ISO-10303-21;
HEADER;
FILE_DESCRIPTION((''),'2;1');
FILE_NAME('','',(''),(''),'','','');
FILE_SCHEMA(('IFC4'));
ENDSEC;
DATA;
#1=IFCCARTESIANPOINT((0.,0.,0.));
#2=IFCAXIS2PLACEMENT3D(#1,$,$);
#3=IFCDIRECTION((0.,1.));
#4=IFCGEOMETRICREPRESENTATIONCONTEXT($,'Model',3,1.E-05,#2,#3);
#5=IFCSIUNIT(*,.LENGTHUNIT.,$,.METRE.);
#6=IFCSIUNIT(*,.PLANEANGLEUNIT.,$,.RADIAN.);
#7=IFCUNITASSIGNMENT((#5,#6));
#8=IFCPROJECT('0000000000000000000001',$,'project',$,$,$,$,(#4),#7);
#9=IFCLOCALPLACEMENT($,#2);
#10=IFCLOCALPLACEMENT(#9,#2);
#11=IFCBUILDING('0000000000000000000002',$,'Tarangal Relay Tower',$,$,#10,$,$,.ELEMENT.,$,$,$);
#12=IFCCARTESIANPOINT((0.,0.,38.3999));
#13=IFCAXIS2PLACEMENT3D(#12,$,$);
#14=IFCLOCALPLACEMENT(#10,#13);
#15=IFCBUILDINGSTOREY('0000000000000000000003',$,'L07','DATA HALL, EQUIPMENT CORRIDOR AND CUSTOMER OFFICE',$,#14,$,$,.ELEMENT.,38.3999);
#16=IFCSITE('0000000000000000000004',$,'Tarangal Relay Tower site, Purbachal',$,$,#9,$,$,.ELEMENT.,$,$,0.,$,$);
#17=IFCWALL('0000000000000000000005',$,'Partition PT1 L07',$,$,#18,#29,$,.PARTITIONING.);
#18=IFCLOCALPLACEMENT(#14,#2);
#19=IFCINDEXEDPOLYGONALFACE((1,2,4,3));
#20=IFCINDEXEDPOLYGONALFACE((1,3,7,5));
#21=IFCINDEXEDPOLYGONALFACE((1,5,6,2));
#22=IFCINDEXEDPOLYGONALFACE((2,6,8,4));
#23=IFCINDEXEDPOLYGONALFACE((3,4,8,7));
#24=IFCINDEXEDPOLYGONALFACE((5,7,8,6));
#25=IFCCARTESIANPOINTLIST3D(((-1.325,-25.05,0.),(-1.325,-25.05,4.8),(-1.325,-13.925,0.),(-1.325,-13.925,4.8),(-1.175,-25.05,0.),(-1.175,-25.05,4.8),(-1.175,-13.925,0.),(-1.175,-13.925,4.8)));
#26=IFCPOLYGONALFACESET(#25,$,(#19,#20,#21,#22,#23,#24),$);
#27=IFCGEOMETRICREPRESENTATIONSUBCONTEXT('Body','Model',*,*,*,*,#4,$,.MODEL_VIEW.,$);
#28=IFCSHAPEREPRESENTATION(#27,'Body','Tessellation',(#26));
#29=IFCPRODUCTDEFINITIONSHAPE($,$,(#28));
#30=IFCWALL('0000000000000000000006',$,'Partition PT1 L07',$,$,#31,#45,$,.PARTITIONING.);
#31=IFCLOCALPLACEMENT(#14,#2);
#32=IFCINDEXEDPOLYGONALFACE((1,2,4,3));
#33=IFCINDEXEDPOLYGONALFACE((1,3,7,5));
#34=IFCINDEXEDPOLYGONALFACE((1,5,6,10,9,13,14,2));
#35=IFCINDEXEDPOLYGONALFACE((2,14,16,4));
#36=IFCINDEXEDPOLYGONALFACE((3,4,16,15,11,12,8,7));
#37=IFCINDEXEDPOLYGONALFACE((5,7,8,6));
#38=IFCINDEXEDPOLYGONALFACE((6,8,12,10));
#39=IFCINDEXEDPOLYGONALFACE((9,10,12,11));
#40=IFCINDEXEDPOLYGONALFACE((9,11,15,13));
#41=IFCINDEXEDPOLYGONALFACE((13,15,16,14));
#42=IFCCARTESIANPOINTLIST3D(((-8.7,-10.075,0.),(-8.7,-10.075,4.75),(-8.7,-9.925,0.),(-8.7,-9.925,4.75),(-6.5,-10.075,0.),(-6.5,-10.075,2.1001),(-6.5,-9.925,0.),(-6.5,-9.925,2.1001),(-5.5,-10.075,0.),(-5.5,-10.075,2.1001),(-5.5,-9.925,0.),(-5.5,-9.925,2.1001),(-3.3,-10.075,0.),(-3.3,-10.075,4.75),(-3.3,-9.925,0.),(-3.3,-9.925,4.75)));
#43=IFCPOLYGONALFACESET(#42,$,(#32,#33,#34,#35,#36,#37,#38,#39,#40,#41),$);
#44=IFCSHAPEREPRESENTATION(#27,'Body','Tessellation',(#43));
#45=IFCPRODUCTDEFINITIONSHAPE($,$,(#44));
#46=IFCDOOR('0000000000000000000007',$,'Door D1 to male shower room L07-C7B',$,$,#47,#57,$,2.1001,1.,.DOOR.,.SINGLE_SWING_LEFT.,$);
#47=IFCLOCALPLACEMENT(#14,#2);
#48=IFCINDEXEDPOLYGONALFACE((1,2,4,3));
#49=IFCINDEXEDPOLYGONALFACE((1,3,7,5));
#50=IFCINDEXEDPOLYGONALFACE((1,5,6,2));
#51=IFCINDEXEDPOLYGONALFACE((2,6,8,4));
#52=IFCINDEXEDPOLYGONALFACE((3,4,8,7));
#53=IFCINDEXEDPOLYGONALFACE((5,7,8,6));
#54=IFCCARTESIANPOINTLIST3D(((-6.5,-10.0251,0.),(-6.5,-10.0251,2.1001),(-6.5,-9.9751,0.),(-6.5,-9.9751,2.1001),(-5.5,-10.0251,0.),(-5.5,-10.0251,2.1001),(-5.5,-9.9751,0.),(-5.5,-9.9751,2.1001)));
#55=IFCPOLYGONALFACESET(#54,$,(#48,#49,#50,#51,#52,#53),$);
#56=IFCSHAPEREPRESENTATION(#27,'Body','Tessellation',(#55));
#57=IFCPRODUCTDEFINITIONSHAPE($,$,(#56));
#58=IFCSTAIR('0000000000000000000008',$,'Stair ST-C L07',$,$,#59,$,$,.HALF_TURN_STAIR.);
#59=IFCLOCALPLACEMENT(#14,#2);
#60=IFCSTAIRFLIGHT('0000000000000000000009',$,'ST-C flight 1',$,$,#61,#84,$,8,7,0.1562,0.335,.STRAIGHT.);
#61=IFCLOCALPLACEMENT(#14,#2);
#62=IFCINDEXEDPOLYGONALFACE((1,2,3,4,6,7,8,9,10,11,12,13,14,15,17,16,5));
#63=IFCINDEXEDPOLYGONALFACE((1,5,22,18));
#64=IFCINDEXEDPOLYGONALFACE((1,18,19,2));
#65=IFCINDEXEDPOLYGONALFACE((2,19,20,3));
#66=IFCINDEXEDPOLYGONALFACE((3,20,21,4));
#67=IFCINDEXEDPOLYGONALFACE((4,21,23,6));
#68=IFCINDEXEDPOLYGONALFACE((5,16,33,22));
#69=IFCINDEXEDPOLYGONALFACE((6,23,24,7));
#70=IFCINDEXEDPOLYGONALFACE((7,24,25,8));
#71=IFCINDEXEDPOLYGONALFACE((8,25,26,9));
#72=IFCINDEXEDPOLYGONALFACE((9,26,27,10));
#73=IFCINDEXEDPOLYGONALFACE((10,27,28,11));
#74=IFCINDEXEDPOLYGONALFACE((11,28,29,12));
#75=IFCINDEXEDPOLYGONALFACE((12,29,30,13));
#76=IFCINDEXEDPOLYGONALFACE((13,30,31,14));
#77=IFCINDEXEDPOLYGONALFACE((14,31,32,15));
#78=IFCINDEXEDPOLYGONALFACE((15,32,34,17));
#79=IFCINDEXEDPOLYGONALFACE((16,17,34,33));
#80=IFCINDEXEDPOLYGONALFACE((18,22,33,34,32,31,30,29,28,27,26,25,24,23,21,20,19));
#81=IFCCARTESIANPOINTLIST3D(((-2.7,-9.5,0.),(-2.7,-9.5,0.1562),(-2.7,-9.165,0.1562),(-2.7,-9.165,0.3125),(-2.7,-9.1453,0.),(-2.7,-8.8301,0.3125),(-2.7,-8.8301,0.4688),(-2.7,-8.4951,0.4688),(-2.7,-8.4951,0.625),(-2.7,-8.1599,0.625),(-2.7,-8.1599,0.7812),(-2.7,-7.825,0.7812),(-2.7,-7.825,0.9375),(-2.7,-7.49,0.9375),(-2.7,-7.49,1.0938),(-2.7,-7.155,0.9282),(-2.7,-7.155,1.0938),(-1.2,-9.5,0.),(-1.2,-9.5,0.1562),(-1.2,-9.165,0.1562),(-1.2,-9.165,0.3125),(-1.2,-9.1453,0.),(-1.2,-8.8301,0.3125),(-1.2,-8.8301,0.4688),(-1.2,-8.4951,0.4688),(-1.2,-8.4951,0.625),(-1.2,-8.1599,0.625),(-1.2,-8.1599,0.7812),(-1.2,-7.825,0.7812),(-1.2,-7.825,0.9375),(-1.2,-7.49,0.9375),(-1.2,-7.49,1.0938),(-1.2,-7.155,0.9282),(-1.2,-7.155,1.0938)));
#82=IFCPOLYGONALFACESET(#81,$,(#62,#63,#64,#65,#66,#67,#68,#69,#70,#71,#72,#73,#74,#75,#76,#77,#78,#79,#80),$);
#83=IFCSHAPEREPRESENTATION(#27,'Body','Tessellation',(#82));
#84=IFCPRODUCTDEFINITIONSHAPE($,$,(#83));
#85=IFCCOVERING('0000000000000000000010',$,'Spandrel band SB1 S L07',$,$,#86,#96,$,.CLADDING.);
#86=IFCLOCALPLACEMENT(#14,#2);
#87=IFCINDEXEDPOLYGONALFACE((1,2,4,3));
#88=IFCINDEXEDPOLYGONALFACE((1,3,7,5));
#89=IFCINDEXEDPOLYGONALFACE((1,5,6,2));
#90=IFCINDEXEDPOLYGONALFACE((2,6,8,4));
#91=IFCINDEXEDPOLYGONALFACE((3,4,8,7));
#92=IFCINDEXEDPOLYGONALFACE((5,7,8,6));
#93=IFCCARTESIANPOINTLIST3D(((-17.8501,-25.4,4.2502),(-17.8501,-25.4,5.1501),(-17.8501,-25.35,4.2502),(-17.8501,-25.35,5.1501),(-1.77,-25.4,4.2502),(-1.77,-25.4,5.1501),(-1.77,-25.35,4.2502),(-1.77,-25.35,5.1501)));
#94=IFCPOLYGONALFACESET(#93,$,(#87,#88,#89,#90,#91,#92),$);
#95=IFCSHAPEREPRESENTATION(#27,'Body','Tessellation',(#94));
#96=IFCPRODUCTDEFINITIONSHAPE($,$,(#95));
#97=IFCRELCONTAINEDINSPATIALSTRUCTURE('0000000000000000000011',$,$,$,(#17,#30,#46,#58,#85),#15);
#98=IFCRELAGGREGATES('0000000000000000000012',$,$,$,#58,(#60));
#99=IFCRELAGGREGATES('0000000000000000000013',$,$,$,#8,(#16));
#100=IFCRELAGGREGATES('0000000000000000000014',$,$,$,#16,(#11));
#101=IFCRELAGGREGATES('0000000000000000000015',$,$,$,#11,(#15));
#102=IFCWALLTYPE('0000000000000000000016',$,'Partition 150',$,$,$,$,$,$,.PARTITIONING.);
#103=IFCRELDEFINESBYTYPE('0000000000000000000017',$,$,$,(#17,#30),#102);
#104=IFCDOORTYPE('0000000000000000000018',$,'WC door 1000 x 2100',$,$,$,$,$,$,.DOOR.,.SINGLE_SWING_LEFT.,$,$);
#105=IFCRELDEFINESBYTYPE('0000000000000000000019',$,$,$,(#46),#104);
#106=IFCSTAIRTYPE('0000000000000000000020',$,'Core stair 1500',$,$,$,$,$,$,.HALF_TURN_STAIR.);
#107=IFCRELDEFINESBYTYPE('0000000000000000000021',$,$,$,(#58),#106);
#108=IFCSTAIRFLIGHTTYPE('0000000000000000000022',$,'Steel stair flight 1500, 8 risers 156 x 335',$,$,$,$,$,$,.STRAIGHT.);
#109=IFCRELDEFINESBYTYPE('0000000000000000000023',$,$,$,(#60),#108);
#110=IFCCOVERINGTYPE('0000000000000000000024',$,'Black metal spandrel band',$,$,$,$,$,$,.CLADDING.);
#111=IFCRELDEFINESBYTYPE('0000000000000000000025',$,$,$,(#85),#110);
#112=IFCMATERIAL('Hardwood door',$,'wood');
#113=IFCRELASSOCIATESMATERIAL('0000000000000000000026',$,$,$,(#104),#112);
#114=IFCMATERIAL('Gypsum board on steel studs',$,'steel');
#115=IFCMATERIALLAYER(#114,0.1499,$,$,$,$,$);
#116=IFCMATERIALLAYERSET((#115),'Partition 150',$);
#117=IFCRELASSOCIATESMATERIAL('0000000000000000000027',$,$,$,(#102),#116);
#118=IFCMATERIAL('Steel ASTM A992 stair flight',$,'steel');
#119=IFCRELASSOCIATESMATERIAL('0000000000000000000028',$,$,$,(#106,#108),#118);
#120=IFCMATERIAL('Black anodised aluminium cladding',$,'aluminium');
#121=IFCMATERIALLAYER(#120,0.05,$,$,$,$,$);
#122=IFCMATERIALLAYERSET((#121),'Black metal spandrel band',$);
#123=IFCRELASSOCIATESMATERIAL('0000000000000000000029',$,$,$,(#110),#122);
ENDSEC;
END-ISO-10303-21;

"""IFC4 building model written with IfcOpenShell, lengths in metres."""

from ifc_helpers import new_model, si_unit, direction, frame, frame_2d, origin, origin_2d, place, context, subcontext, project, spatial, polyline, rectangle, outline, extrude, material, layer, layer_set, type_object, element, fill, aggregate, save


model = new_model("IFC4")

# Units and contexts
model_context = context("Model", 3, precision=1e-05, world=origin(), true_north=direction((0.0, 1.0)))
body_context = subcontext(model_context, "Body", "Model", "MODEL_VIEW")
ifc_project = project(units=[si_unit("LENGTHUNIT", "METRE"), si_unit("PLANEANGLEUNIT", "RADIAN")], contexts=[model_context])

# Site, building, storey
site_placement = place(None, origin())
site = spatial("IfcSite", under=ifc_project, at=site_placement, Name="Tarangal Relay Tower site, Purbachal", CompositionType="ELEMENT", RefElevation=0.0)
building_placement = place(site_placement, origin())
building = spatial("IfcBuilding", under=site, at=building_placement, Name="Tarangal Relay Tower", CompositionType="ELEMENT")
storey_placement = place(building_placement, frame((0.0, 0.0, 38.3999)))
storey = spatial("IfcBuildingStorey", under=building, at=storey_placement, Name="L07", Description="DATA HALL, EQUIPMENT CORRIDOR AND CUSTOMER OFFICE", CompositionType="ELEMENT", Elevation=38.3999)

# Shared definitions
ifc_material_1 = material(Name="Hardwood door", Category="wood")
door_type = type_object("IfcDoorType", Name="WC door 1000 x 2100", OperationType="SINGLE_SWING_LEFT", PredefinedType="DOOR", material=ifc_material_1)

# Wall
ifc_material_2 = material(Name="Gypsum board on steel studs", Category="steel")
ifc_layer_1 = layer(ifc_material_2, 0.1499)
ifc_layer_set_1 = layer_set([ifc_layer_1], Name="Partition 150")
wall_type_1 = type_object("IfcWallType", Name="Partition 150", PredefinedType="PARTITIONING", material=ifc_layer_set_1)
wall_1_placement = place(storey_placement, frame((-1.25, -25.05, 0.0), z_axis=(0.0, 0.0, 1.0), x_axis=(0.0, 1.0, 0.0)))
element("IfcWall", 1, at=wall_1_placement, inside=storey, type_object=wall_type_1, Name="Partition PT1 L07", PredefinedType="PARTITIONING", context=body_context, shape_type="SweptSolid", body=[
    extrude(rectangle(XDim=11.125, YDim=0.1499, at=frame_2d((5.5625, 0.0))), origin(), (0.0, 0.0, 1.0), 4.8),
])

# Wall, opening, door
wall_2_placement = place(storey_placement, frame((-8.7, -10.0, 0.0), z_axis=(0.0, 0.0, 1.0), x_axis=(1.0, 0.0, 0.0)))
wall_2 = element("IfcWall", 2, at=wall_2_placement, inside=storey, type_object=wall_type_1, Name="Partition PT1 L07", PredefinedType="PARTITIONING", context=body_context, shape_type="SweptSolid", body=[
    extrude(rectangle(XDim=5.3999, YDim=0.1499, at=frame_2d((2.7, 0.0))), origin(), (0.0, 0.0, 1.0), 4.75),
])
opening_1_placement = place(wall_2_placement, frame((2.2, 0.0, 0.0)))
opening_1 = element("IfcOpeningElement", 3, at=opening_1_placement, cuts=wall_2, PredefinedType="OPENING", context=body_context, shape_type="SweptSolid", body=[
    extrude(rectangle(XDim=1.0, YDim=2.1001, at=frame_2d((0.5, 1.05))), frame((0.0, 0.085, 0.0), z_axis=(0.0, -1.0, 0.0), x_axis=(1.0, 0.0, 0.0)), (0.0, 0.0, 1.0), 0.1699),
])
door_1_placement = place(opening_1_placement, origin())
door_1 = element("IfcDoor", 4, at=door_1_placement, inside=storey, type_object=door_type, Name="Door D1 to male shower room L07-C7B", OperationType="SINGLE_SWING_LEFT", OverallHeight=2.1001, OverallWidth=1.0, PredefinedType="DOOR", context=body_context, shape_type="SweptSolid", body=[
    extrude(rectangle(XDim=1.0, YDim=2.1001, at=frame_2d((0.5, 1.05))), frame((0.0, 0.0249, 0.0), z_axis=(0.0, -1.0, 0.0), x_axis=(1.0, 0.0, 0.0)), (0.0, 0.0, 1.0), 0.05),
])
fill(opening_1, door_1)

# Stair, stair flight
ifc_material_3 = material(Name="Steel ASTM A992 stair flight", Category="steel")
stair_type = type_object("IfcStairType", Name="Core stair 1500", PredefinedType="HALF_TURN_STAIR", material=ifc_material_3)
stair_placement = place(storey_placement, origin())
stair = element("IfcStair", 5, at=stair_placement, inside=storey, type_object=stair_type, Name="Stair ST-C L07", PredefinedType="HALF_TURN_STAIR")
stair_flight_type = type_object("IfcStairFlightType", Name="Steel stair flight 1500, 8 risers 156 x 335", PredefinedType="STRAIGHT", material=ifc_material_3)
stair_flight_placement = place(storey_placement, frame((-1.95, -9.5, 0.0), z_axis=(0.0, 0.0, 1.0), x_axis=(0.0, 1.0, 0.0)))
stair_flight = element("IfcStairFlight", 6, at=stair_flight_placement, type_object=stair_flight_type, Name="ST-C flight 1", NumberOfRisers=8, NumberOfTreads=7, PredefinedType="STRAIGHT", RiserHeight=0.1562, TreadLength=0.335, context=body_context, shape_type="SweptSolid", body=[
    extrude(outline(polyline([(0.0, 0.0), (0.0, 0.1562), (0.335, 0.1562), (0.335, 0.3125), (0.6699, 0.3125), (0.6699, 0.4688), (1.0049, 0.4688), (1.0049, 0.625), (1.3401, 0.625), (1.3401, 0.7812), (1.675, 0.7812), (1.675, 0.9375), (2.01, 0.9375), (2.01, 1.0938), (2.345, 1.0938), (2.345, 1.25), (2.345, 0.9282), (0.3547, 0.0), (0.0, 0.0)])), frame((0.0, 0.75, 0.0), z_axis=(0.0, -1.0, 0.0), x_axis=(1.0, 0.0, 0.0)), (0.0, 0.0, 1.0), 1.5),
])
aggregate(stair, [stair_flight])

# Covering
ifc_material_4 = material(Name="Black anodised aluminium cladding", Category="aluminium")
ifc_layer_2 = layer(ifc_material_4, 0.05)
ifc_layer_set_2 = layer_set([ifc_layer_2], Name="Black metal spandrel band")
covering_type = type_object("IfcCoveringType", Name="Black metal spandrel band", PredefinedType="CLADDING", material=ifc_layer_set_2)
covering_placement = place(storey_placement, frame((-9.8101, -25.375, 4.2502), z_axis=(0.0, 0.0, 1.0), x_axis=(-1.0, 0.0, 0.0)))
element("IfcCovering", 7, at=covering_placement, inside=storey, type_object=covering_type, Name="Spandrel band SB1 S L07", PredefinedType="CLADDING", context=body_context, shape_type="SweptSolid", body=[
    extrude(rectangle(XDim=16.0801, YDim=0.05, at=origin_2d()), origin(), (0.0, 0.0, 1.0), 0.8999),
])

save(model, "model.ifc")
